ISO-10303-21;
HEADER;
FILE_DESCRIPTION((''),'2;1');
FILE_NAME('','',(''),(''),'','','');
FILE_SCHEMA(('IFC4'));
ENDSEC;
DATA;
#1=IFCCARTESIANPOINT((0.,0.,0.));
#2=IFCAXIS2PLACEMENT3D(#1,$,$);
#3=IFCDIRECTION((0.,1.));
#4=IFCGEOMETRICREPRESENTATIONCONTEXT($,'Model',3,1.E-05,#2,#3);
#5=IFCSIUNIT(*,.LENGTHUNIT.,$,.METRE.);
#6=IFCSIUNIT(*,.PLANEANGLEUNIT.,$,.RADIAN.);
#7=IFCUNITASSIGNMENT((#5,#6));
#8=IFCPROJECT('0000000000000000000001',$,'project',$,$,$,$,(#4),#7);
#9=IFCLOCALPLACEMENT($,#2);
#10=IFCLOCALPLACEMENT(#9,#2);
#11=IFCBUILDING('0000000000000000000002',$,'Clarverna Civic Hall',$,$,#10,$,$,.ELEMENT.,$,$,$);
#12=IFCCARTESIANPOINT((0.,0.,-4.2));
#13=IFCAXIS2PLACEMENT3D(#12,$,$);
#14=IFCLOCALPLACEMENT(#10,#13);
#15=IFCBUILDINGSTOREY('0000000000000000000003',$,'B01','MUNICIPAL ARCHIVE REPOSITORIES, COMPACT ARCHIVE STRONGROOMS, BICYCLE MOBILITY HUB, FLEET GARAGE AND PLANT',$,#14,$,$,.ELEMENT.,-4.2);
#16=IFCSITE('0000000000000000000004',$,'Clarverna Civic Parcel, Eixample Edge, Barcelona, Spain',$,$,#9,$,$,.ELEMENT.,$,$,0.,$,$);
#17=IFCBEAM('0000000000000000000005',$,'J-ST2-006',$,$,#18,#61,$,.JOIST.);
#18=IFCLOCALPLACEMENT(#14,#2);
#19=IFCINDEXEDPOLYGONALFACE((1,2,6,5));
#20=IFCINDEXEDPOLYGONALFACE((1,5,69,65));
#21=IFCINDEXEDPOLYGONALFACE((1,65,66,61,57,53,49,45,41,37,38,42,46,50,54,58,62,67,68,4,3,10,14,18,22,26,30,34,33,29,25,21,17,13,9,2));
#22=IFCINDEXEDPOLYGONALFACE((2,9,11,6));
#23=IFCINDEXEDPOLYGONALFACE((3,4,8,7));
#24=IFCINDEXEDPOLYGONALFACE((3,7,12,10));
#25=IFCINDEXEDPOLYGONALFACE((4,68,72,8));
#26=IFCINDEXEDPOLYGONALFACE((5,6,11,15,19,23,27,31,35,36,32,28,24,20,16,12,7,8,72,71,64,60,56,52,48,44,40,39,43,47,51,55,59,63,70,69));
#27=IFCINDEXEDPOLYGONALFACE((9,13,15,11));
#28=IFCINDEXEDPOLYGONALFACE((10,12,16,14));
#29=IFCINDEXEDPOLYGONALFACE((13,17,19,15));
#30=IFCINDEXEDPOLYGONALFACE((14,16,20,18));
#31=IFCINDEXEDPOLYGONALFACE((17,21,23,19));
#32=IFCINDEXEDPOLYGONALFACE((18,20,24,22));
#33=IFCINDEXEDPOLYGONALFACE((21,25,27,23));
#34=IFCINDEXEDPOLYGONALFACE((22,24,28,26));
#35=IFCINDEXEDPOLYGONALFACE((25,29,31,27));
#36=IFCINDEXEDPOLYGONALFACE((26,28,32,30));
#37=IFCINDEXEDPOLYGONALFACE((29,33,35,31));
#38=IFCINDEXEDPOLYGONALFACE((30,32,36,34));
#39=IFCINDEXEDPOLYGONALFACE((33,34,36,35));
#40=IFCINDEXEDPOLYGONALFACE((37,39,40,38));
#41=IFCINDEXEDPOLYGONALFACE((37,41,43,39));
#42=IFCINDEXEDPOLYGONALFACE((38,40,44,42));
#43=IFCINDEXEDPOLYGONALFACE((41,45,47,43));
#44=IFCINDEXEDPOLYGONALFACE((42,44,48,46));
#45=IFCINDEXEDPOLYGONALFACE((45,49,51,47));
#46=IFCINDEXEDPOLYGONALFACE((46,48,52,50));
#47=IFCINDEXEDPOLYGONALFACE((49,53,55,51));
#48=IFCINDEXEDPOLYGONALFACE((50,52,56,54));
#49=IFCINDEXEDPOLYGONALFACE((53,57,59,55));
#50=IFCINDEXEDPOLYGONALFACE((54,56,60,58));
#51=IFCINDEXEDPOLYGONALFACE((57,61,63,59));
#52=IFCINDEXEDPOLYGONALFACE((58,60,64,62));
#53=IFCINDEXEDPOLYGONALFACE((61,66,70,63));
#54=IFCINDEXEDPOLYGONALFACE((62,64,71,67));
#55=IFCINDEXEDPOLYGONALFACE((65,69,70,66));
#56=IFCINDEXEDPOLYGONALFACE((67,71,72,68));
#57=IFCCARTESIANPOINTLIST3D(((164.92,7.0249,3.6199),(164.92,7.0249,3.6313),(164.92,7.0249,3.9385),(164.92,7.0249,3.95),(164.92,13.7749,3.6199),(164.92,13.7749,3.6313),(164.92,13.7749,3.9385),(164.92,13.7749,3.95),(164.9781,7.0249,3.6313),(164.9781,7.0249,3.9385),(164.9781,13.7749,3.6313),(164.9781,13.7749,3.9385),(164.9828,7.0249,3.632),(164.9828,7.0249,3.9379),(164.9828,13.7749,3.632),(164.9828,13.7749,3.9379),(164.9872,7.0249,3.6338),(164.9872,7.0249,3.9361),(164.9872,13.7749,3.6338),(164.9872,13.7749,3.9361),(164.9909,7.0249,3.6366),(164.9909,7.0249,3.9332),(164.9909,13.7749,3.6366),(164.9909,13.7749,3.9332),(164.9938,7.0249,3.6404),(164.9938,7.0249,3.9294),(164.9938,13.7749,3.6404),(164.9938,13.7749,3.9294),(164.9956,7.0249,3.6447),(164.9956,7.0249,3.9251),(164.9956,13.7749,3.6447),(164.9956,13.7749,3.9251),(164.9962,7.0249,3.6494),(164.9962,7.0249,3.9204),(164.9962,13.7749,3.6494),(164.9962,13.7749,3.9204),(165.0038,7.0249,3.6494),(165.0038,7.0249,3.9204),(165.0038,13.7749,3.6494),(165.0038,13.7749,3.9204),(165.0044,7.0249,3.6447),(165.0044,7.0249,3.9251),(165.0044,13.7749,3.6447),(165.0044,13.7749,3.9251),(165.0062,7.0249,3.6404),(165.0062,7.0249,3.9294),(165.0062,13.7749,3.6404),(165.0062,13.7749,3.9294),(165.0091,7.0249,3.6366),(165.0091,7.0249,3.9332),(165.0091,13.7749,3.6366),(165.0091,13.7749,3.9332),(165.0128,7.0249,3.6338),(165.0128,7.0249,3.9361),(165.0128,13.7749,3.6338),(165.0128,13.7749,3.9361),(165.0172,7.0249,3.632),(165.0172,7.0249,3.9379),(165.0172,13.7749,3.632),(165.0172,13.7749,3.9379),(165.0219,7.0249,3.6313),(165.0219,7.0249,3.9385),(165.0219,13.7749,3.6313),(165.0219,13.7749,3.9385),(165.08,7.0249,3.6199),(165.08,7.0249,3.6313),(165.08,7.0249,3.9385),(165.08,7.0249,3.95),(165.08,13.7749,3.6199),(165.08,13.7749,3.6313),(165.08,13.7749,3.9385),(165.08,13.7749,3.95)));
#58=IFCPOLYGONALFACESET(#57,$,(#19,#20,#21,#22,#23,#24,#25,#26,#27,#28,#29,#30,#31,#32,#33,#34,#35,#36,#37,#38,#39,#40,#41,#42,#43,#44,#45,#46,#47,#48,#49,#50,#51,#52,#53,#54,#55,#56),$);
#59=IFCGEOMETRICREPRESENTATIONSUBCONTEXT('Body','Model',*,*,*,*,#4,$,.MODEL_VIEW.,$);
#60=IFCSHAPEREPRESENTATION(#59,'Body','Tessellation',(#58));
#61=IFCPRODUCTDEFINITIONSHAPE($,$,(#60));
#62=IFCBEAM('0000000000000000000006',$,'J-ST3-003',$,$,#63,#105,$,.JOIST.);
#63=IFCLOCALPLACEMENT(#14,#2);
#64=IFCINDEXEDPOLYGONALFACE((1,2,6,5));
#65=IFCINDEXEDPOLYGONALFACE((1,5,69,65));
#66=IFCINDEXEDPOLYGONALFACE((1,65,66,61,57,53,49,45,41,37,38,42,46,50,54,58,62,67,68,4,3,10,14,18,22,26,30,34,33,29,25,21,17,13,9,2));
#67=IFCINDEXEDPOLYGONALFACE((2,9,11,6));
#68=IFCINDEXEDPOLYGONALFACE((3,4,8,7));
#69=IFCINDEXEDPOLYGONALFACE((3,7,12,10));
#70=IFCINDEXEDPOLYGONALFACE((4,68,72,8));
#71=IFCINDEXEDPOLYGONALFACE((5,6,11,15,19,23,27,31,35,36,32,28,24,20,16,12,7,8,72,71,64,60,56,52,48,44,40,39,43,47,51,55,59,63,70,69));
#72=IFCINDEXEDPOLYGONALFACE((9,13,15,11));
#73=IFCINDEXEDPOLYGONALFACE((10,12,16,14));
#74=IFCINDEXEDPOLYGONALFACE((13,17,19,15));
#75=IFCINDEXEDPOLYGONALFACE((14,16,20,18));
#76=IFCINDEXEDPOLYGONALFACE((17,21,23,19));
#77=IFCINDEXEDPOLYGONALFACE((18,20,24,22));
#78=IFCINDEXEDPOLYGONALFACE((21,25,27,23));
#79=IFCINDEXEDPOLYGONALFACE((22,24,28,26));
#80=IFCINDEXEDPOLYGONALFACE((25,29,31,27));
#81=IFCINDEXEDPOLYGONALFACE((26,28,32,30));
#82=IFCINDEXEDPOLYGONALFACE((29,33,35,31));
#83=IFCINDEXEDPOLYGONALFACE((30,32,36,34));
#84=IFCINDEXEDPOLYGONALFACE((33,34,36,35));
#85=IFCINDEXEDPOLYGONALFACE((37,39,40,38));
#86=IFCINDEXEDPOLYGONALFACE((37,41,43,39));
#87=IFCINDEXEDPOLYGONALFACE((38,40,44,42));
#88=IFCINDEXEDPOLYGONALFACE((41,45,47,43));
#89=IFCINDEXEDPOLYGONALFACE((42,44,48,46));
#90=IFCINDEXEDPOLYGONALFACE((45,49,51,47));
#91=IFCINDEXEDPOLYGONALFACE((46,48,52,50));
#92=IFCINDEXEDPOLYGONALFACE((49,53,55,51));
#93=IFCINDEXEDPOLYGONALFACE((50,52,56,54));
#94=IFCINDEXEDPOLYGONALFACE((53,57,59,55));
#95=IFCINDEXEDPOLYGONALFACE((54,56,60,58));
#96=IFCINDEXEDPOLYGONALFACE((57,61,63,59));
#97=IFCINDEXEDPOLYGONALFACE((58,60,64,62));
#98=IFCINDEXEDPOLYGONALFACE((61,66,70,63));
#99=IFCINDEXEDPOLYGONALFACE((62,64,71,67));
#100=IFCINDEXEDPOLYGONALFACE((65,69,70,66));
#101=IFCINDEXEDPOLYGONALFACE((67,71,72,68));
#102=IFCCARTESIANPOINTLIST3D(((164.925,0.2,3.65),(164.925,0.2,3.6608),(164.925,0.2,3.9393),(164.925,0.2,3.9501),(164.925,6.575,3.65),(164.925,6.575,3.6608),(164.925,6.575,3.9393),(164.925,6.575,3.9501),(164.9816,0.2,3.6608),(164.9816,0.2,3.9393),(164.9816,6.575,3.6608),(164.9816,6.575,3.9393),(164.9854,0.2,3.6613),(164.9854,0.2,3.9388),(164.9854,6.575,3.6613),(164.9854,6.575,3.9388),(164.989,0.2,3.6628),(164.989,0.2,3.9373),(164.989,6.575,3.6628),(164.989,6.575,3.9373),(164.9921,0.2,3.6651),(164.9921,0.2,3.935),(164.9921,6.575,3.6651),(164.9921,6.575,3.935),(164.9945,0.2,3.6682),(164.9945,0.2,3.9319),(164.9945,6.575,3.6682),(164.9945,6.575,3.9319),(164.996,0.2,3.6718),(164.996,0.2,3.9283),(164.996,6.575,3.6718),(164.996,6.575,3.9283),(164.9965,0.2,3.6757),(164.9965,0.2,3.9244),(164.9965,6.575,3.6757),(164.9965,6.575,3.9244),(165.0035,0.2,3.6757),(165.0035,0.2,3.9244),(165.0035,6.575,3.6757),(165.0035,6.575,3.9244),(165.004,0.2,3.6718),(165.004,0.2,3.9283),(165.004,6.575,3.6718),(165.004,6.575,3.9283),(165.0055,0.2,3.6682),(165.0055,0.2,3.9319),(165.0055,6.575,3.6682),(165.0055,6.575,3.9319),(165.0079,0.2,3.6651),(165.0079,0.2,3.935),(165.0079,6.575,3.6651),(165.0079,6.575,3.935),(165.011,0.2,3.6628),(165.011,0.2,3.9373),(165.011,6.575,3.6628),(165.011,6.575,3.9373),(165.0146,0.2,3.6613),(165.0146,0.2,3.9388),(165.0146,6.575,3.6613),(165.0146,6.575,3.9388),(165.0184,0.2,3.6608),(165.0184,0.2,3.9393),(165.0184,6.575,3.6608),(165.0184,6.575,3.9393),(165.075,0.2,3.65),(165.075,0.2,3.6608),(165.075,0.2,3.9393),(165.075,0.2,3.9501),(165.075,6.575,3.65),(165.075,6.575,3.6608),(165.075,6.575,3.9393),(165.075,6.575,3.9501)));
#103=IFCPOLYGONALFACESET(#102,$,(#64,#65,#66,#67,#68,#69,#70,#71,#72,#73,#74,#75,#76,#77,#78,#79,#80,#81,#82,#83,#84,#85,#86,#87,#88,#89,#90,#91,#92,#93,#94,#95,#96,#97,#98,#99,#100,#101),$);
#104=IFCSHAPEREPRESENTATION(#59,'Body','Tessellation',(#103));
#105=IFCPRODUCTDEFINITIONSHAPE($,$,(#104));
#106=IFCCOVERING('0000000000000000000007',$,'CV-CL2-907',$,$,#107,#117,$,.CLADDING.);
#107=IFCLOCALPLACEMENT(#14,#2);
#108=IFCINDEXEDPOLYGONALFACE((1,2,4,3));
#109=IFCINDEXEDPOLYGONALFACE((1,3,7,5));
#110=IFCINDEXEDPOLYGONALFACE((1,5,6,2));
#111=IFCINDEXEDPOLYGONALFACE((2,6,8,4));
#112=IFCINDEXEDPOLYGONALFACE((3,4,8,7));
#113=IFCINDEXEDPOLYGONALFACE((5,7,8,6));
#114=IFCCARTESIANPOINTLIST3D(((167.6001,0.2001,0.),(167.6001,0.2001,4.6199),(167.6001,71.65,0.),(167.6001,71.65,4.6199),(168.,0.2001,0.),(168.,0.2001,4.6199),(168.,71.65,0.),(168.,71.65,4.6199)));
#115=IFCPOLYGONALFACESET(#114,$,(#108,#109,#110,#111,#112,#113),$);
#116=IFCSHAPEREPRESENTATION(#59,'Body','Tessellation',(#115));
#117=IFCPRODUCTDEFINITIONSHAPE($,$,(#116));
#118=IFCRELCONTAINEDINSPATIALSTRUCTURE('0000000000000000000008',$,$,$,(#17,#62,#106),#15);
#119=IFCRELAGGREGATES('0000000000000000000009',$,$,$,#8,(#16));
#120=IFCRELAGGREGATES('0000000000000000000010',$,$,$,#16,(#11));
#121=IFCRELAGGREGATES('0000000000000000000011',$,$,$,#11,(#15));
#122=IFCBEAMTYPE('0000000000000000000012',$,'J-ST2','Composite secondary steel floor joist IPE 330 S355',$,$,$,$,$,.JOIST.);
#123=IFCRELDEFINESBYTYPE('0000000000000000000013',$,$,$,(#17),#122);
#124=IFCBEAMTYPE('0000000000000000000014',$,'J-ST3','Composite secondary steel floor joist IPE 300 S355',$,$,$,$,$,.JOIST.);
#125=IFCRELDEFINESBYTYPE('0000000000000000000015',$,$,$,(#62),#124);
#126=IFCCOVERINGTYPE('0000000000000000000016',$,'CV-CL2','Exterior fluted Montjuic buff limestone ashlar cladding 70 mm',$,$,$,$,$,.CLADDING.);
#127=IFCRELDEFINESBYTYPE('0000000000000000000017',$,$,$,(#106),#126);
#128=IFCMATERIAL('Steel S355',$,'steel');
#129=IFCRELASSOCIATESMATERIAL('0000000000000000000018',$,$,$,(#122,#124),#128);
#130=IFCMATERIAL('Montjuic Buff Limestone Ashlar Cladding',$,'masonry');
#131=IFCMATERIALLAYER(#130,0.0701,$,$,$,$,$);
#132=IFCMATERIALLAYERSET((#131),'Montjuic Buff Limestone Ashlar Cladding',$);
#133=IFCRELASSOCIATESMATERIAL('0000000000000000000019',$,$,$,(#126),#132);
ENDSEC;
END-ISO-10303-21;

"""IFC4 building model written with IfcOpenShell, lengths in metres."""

from ifc_helpers import new_model, si_unit, direction, frame, frame_2d, origin, origin_2d, place, context, subcontext, project, spatial, rectangle, i_section, extrude, material, layer, layer_set, material_profile, profile_set, type_object, element, save


model = new_model("IFC4")

# Units and contexts
model_context = context("Model", 3, precision=1e-05, world=origin(), true_north=direction((0.0, 1.0)))
body_context = subcontext(model_context, "Body", "Model", "MODEL_VIEW")
ifc_project = project(units=[si_unit("LENGTHUNIT", "METRE"), si_unit("PLANEANGLEUNIT", "RADIAN")], contexts=[model_context])

# Site, building, storey
site_placement = place(None, origin())
site = spatial("IfcSite", under=ifc_project, at=site_placement, Name="Clarverna Civic Parcel, Eixample Edge, Barcelona, Spain", CompositionType="ELEMENT", RefElevation=0.0)
building_placement = place(site_placement, origin())
building = spatial("IfcBuilding", under=site, at=building_placement, Name="Clarverna Civic Hall", CompositionType="ELEMENT")
storey_placement = place(building_placement, frame((0.0, 0.0, -4.2)))
storey = spatial("IfcBuildingStorey", under=building, at=storey_placement, Name="B01", Description="MUNICIPAL ARCHIVE REPOSITORIES, COMPACT ARCHIVE STRONGROOMS, BICYCLE MOBILITY HUB, FLEET GARAGE AND PLANT", CompositionType="ELEMENT", Elevation=-4.2)

# Beams
ifc_material_1 = material(Name="Steel S355", Category="steel")
ifc_material_profile_1 = material_profile(ifc_material_1, i_section(OverallWidth=0.1599, OverallDepth=0.3301, WebThickness=0.0076, FlangeThickness=0.0115, FilletRadius=0.0181, at=origin_2d()), Name="IPE 330")
ifc_profile_set_1 = profile_set([ifc_material_profile_1], Name="Steel S355")
beam_type_1 = type_object("IfcBeamType", Name="J-ST2", Description="Composite secondary steel floor joist IPE 330 S355", PredefinedType="JOIST", material=ifc_profile_set_1)
beam_1_placement = place(storey_placement, frame((165.0, 7.0249, 3.7849), z_axis=(0.0, 1.0, 0.0), x_axis=(-1.0, 0.0, 0.0)))
element("IfcBeam", 1, at=beam_1_placement, inside=storey, type_object=beam_type_1, Name="J-ST2-006", PredefinedType="JOIST", context=body_context, shape_type="SweptSolid", body=[
    extrude(i_section(OverallWidth=0.1599, OverallDepth=0.3301, WebThickness=0.0076, FlangeThickness=0.0115, FilletRadius=0.0181, at=origin_2d()), origin(), (0.0, 0.0, 1.0), 6.75),
])
ifc_material_profile_2 = material_profile(ifc_material_1, i_section(OverallWidth=0.1499, OverallDepth=0.3, WebThickness=0.0071, FlangeThickness=0.0107, FilletRadius=0.0149, at=origin_2d()), Name="IPE 300")
ifc_profile_set_2 = profile_set([ifc_material_profile_2], Name="Steel S355")
beam_type_2 = type_object("IfcBeamType", Name="J-ST3", Description="Composite secondary steel floor joist IPE 300 S355", PredefinedType="JOIST", material=ifc_profile_set_2)
beam_2_placement = place(storey_placement, frame((165.0, 0.2, 3.8), z_axis=(0.0, 1.0, 0.0), x_axis=(-1.0, 0.0, 0.0)))
element("IfcBeam", 2, at=beam_2_placement, inside=storey, type_object=beam_type_2, Name="J-ST3-003", PredefinedType="JOIST", context=body_context, shape_type="SweptSolid", body=[
    extrude(i_section(OverallWidth=0.1499, OverallDepth=0.3, WebThickness=0.0071, FlangeThickness=0.0107, FilletRadius=0.0149, at=origin_2d()), origin(), (0.0, 0.0, 1.0), 6.375),
])

# Covering
ifc_material_2 = material(Name="Montjuic Buff Limestone Ashlar Cladding", Category="masonry")
ifc_layer = layer(ifc_material_2, 0.0701)
ifc_layer_set = layer_set([ifc_layer], Name="Montjuic Buff Limestone Ashlar Cladding")
covering_type = type_object("IfcCoveringType", Name="CV-CL2", Description="Exterior fluted Montjuic buff limestone ashlar cladding 70 mm", PredefinedType="CLADDING", material=ifc_layer_set)
covering_placement = place(storey_placement, frame((167.8, 0.2, 0.0), z_axis=(0.0, 0.0, 1.0), x_axis=(0.0, 1.0, 0.0)))
element("IfcCovering", 3, at=covering_placement, inside=storey, type_object=covering_type, Name="CV-CL2-907", PredefinedType="CLADDING", context=body_context, shape_type="SweptSolid", body=[
    extrude(rectangle(XDim=71.45, YDim=0.3999, at=frame_2d((35.7251, 0.0))), origin(), (0.0, 0.0, 1.0), 4.6199),
])

save(model, "model.ifc")
